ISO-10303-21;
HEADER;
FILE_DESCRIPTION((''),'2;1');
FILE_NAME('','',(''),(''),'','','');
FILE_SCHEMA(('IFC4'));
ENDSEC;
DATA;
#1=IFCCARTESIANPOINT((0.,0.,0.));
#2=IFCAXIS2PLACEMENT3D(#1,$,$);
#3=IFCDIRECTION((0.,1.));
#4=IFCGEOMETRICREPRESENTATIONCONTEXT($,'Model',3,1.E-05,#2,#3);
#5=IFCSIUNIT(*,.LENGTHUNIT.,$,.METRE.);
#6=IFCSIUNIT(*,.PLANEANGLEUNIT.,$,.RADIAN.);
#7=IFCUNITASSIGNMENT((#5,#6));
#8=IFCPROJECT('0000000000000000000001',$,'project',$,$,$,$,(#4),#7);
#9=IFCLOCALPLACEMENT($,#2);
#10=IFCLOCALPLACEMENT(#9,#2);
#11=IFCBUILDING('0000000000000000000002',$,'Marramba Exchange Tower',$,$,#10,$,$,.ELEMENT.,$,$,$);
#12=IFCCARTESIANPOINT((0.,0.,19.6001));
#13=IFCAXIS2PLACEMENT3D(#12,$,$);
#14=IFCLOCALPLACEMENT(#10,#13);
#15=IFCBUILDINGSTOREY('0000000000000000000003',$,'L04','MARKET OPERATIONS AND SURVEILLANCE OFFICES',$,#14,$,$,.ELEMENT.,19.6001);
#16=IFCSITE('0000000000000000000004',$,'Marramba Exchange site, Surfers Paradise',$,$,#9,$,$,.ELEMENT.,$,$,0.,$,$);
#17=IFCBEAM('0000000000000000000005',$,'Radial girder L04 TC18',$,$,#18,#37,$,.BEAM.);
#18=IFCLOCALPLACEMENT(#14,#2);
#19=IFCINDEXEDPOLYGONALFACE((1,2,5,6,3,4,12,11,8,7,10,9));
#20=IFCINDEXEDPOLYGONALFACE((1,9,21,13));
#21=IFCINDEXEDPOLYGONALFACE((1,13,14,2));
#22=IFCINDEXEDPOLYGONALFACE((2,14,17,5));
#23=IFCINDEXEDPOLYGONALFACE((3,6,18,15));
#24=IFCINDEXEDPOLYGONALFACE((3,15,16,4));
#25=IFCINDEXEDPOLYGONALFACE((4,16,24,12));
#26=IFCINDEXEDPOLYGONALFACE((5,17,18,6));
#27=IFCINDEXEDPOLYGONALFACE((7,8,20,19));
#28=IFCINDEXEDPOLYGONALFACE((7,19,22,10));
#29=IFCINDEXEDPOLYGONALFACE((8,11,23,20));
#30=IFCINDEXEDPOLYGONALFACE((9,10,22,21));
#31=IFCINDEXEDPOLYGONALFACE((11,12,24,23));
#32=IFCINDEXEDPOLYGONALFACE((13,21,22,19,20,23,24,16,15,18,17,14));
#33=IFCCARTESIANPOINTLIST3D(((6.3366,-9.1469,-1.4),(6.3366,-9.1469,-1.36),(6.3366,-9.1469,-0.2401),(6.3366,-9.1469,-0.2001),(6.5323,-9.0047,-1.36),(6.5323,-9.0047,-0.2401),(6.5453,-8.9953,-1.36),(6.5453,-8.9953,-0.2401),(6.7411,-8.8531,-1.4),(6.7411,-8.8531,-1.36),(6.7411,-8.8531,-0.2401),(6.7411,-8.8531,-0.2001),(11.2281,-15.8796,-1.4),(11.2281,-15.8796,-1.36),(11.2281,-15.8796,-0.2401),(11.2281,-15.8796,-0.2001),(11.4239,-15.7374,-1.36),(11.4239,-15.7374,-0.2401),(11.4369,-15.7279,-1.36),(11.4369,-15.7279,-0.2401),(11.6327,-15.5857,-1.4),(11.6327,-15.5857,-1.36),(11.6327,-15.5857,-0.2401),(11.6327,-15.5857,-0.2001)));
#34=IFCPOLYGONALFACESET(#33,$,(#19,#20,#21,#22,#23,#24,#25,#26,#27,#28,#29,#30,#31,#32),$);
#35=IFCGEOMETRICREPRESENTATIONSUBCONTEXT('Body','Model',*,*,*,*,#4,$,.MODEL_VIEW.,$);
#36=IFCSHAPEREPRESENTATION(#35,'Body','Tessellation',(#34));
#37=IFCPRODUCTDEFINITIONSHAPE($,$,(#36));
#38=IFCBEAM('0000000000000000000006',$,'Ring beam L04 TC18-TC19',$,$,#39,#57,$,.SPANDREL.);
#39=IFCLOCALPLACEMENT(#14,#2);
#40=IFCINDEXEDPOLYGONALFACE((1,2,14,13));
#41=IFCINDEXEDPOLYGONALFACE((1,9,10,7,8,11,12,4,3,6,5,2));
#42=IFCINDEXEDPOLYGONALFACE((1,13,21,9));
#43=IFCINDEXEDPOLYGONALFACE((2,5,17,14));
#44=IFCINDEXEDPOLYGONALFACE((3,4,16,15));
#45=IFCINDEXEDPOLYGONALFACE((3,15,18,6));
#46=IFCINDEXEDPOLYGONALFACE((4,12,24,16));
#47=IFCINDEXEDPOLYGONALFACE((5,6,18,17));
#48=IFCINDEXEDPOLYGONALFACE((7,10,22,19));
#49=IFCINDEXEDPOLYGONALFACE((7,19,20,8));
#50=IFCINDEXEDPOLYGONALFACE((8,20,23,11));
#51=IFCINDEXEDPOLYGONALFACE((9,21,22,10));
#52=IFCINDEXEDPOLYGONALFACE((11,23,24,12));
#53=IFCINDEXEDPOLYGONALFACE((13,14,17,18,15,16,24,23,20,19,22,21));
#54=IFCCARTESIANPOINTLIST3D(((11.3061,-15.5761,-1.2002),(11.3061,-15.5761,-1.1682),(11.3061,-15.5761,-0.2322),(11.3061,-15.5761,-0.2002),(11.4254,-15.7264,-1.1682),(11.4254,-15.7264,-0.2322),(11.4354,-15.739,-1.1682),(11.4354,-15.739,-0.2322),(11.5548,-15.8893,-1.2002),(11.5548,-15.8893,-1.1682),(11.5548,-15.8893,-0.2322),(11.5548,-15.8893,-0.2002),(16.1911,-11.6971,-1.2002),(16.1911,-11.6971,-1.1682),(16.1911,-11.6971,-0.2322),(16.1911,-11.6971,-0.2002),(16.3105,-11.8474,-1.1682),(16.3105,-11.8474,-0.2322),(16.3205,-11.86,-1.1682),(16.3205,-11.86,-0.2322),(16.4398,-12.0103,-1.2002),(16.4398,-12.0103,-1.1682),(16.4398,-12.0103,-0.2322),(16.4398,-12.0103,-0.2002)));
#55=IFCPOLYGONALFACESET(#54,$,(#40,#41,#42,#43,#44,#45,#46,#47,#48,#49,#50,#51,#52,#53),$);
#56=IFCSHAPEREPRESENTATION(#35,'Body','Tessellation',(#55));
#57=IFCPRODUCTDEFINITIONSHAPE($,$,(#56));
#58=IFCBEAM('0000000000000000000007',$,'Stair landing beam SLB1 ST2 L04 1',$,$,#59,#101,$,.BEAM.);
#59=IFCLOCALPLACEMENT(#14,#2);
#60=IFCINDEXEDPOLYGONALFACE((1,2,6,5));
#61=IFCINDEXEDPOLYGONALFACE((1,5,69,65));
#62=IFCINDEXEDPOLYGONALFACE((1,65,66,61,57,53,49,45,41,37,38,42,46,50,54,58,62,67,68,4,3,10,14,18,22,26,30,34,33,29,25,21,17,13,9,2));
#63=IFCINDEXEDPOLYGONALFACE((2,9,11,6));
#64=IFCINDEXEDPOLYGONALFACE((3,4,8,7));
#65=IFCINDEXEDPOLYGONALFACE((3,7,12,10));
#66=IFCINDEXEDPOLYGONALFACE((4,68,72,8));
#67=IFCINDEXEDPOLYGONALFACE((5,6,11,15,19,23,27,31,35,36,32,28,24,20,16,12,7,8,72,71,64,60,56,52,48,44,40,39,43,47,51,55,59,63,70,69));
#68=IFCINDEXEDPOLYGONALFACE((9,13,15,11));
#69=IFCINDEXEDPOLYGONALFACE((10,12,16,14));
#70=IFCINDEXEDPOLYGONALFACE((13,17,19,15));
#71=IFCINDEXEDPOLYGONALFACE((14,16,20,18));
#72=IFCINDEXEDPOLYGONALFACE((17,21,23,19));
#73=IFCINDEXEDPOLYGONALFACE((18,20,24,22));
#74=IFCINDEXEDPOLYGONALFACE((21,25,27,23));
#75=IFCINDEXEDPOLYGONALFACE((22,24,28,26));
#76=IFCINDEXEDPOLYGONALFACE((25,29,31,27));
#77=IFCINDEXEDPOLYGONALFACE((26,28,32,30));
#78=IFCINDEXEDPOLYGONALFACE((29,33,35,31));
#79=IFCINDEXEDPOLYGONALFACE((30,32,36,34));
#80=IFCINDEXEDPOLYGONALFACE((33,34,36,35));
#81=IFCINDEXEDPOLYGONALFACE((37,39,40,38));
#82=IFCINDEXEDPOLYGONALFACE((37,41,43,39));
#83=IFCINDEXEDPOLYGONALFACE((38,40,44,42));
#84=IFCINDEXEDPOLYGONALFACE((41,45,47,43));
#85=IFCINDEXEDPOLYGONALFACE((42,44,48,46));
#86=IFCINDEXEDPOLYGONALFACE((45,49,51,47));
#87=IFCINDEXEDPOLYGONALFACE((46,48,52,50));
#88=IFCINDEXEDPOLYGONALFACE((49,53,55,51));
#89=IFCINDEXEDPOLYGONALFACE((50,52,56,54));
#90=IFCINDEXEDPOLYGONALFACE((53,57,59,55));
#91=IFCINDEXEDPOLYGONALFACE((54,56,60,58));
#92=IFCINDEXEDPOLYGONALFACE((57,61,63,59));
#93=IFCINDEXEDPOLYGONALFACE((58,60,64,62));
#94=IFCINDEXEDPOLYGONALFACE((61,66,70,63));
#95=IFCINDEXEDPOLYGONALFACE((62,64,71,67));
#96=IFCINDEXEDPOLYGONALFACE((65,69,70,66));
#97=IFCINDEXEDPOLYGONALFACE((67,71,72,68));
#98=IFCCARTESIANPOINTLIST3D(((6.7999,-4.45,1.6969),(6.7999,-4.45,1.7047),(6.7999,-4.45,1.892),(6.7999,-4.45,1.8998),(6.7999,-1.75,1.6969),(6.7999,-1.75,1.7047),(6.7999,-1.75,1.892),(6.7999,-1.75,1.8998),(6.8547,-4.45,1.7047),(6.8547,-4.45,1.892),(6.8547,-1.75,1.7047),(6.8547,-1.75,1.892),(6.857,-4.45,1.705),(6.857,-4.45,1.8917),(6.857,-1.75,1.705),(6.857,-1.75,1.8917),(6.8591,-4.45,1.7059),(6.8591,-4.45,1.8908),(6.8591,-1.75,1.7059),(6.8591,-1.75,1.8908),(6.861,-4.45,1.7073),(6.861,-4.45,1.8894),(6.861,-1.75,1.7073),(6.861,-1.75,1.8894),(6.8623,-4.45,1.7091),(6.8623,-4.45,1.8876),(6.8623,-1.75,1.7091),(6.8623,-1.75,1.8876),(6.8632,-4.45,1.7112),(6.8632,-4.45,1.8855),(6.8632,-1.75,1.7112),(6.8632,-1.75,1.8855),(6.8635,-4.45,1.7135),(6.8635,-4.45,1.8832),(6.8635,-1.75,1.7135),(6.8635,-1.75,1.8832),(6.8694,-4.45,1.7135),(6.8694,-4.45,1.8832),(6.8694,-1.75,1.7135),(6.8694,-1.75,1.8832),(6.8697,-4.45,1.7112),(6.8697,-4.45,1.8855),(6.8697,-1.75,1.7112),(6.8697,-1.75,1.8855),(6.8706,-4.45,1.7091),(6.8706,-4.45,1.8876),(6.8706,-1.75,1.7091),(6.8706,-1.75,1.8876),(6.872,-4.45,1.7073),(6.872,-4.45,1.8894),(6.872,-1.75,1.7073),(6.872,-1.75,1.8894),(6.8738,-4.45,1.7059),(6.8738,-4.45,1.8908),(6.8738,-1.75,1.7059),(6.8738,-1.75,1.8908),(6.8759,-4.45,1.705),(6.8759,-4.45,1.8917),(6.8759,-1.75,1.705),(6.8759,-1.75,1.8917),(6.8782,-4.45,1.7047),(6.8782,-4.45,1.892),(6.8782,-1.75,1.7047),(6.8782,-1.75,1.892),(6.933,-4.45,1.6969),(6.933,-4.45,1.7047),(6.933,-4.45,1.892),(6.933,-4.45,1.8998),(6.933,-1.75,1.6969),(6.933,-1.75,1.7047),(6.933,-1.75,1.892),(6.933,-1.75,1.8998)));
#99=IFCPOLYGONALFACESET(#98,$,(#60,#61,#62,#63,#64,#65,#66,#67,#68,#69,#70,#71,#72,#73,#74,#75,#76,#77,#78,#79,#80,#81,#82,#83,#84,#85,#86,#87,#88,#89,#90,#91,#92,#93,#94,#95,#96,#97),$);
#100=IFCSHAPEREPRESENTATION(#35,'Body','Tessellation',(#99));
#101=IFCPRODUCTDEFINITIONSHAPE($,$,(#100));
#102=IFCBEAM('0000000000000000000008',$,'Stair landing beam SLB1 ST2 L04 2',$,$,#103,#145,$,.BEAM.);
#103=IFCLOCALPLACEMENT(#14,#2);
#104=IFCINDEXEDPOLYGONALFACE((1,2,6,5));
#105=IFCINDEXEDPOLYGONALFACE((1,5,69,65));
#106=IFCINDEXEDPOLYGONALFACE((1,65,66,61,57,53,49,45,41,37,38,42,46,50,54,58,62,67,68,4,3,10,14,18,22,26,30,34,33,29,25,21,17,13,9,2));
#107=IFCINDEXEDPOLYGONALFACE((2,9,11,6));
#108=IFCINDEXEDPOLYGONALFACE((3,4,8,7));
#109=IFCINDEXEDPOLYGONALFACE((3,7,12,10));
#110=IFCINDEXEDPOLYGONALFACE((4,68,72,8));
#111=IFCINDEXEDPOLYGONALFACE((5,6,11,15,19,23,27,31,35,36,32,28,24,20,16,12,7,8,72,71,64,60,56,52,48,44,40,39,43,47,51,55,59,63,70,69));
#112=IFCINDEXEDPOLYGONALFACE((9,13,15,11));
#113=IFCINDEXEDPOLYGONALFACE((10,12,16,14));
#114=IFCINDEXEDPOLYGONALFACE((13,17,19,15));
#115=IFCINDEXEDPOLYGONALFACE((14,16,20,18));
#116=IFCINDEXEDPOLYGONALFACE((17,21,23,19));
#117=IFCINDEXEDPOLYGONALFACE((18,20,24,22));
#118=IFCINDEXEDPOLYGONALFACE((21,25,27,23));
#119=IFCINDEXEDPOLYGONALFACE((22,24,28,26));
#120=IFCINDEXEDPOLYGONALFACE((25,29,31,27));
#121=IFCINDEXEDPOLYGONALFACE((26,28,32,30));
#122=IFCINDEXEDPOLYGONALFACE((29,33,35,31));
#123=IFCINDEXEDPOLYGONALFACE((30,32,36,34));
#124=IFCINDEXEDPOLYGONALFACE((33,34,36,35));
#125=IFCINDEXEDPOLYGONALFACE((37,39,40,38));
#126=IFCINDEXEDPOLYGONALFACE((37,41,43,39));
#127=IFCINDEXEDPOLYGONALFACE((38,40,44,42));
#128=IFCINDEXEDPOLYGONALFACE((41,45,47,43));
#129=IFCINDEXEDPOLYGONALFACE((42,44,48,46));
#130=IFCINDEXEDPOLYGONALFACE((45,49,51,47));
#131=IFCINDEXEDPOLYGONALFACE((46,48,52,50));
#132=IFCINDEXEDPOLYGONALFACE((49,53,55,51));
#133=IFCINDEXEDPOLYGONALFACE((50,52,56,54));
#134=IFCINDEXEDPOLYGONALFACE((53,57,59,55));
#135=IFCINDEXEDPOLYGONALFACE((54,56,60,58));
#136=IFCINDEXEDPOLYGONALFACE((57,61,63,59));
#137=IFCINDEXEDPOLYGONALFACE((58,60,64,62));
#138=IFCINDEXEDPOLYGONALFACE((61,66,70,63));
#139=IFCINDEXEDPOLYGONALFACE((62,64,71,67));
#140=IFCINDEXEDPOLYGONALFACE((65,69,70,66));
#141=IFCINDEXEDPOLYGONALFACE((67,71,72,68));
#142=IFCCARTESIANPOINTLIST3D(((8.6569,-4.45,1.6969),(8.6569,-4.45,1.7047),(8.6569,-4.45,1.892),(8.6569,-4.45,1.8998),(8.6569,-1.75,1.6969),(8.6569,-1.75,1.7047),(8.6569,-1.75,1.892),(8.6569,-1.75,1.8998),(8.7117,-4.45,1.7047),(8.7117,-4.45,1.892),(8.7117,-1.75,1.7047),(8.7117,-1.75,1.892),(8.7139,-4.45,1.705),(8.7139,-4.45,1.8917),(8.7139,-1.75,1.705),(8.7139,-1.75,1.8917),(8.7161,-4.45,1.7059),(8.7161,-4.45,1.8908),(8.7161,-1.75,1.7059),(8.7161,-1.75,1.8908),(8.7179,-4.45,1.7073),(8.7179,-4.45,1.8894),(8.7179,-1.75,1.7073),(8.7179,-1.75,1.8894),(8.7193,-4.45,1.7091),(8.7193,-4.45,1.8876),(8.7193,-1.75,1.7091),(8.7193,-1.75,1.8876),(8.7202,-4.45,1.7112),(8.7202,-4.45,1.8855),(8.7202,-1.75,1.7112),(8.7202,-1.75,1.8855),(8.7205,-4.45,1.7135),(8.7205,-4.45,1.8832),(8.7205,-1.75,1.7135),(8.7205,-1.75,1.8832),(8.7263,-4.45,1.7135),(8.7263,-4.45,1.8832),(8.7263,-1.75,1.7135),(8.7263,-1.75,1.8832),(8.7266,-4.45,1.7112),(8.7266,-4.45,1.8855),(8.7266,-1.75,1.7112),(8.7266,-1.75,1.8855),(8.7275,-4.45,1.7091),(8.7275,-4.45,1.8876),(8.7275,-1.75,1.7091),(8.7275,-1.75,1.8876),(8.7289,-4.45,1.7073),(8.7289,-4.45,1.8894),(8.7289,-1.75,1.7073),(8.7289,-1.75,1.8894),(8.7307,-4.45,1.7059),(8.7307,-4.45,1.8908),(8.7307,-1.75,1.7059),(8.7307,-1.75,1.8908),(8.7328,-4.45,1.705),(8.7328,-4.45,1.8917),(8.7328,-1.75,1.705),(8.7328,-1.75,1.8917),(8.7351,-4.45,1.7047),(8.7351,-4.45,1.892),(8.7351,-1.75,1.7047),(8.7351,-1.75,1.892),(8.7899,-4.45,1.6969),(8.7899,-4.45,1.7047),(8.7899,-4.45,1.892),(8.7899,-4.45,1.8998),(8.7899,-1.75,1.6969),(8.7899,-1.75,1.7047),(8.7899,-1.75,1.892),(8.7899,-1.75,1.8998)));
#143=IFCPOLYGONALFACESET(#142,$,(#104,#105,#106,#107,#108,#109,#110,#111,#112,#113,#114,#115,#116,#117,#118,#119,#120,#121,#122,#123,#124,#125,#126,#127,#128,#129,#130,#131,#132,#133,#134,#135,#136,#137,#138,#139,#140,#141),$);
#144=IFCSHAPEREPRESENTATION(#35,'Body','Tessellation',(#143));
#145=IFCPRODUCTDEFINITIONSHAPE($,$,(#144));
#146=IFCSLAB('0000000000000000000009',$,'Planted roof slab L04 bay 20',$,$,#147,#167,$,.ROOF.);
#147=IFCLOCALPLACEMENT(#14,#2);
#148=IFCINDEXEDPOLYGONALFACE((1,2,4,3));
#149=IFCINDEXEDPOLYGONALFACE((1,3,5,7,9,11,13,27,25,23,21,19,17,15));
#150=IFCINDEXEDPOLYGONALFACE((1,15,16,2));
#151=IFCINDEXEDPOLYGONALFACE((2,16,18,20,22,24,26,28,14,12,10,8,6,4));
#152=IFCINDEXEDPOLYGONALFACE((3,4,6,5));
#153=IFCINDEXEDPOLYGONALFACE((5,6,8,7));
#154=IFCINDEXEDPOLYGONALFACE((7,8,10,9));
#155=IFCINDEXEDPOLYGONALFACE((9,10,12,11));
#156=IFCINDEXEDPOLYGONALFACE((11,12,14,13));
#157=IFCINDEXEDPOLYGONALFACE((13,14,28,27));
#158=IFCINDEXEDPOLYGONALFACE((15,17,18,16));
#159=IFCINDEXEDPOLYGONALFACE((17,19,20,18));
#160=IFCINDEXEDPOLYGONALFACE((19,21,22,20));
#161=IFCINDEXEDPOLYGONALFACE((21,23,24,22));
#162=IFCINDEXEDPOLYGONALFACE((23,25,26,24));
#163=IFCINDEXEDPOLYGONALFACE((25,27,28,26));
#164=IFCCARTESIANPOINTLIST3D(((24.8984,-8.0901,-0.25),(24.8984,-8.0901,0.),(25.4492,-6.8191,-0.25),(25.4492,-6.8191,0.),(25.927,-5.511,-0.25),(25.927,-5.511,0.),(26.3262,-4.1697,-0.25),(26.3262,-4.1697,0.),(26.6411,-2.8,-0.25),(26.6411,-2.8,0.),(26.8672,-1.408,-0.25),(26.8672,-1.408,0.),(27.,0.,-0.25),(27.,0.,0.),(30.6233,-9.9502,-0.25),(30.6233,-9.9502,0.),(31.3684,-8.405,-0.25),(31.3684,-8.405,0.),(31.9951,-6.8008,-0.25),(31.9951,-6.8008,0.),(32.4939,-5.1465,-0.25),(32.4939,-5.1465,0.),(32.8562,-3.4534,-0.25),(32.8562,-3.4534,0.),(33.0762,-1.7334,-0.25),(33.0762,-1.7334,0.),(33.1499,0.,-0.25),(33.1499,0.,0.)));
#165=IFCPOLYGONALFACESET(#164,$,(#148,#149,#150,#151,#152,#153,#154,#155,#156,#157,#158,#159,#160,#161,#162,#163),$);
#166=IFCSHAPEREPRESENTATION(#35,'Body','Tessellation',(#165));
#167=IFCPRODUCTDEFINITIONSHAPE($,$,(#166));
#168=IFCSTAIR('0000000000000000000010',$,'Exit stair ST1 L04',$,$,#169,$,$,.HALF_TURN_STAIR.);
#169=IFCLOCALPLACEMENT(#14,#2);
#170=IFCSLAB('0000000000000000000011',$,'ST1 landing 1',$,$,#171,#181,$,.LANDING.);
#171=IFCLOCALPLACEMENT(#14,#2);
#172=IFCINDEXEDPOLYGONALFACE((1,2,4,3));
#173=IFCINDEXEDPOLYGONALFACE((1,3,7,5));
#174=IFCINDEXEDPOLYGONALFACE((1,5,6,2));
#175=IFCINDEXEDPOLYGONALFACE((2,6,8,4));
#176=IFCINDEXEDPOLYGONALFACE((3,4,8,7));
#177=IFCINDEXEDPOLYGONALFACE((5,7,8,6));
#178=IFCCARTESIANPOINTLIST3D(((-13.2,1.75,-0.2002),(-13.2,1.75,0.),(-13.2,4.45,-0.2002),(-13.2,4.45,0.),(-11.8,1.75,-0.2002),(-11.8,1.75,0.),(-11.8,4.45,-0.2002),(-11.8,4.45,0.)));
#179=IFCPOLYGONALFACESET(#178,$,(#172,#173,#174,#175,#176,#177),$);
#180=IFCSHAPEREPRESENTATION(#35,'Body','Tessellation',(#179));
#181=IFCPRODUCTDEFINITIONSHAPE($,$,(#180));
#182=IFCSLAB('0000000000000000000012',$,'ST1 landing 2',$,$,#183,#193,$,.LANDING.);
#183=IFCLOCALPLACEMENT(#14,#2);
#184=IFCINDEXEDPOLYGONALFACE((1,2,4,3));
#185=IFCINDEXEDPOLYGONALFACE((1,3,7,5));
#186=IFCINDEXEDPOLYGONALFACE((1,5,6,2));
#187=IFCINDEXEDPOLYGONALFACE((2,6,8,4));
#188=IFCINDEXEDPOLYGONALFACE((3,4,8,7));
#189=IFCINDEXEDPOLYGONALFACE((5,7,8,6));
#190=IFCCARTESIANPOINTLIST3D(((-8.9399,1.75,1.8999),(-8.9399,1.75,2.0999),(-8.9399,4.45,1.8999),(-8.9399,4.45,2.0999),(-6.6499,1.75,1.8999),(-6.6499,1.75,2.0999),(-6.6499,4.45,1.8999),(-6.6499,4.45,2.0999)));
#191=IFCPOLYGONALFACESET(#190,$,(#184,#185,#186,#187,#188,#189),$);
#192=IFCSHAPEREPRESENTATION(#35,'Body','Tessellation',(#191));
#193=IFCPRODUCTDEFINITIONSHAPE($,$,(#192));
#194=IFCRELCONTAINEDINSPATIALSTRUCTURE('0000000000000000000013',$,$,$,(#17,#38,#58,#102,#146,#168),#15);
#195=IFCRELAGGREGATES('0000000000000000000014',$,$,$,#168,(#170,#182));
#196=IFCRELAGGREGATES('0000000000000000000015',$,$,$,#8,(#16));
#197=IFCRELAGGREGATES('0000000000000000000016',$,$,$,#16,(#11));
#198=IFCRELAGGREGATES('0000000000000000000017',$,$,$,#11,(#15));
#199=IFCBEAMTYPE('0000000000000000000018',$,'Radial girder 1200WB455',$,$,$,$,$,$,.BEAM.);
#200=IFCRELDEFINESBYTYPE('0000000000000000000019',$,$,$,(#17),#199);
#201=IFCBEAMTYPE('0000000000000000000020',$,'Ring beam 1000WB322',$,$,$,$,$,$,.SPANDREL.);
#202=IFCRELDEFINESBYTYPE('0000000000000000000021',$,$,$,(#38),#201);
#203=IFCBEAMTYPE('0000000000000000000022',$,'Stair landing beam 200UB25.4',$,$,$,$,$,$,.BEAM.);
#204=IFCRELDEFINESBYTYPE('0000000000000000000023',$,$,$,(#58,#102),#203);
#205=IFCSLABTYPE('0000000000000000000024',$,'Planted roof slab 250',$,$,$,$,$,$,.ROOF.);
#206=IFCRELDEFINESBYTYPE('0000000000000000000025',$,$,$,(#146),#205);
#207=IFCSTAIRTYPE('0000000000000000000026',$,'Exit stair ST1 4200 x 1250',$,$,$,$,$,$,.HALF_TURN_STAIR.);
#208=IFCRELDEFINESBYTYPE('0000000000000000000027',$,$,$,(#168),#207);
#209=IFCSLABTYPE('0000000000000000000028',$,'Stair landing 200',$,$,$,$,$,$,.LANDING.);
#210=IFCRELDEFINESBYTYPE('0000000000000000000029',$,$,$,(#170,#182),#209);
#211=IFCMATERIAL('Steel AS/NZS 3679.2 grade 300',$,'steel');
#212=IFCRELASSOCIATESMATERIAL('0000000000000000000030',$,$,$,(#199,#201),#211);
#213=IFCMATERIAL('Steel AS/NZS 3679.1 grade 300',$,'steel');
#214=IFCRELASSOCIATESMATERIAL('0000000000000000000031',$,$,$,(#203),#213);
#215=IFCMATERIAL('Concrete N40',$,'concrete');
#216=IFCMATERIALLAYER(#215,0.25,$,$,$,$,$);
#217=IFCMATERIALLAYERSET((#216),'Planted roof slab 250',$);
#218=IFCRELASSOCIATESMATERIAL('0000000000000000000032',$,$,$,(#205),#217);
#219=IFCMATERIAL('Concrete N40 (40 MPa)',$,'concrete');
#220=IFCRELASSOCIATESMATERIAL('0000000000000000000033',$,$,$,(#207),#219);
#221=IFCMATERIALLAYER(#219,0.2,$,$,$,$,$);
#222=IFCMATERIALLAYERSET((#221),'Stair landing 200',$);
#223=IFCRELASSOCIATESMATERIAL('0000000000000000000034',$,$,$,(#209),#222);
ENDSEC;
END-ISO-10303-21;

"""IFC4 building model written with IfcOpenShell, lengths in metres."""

from ifc_helpers import new_model, si_unit, direction, frame, origin, origin_2d, place, context, subcontext, project, spatial, polyline, i_section, outline, extrude, material, layer, layer_set, material_profile, profile_set, type_object, element, aggregate, save


model = new_model("IFC4")

# Units and contexts
model_context = context("Model", 3, precision=1e-05, world=origin(), true_north=direction((0.0, 1.0)))
body_context = subcontext(model_context, "Body", "Model", "MODEL_VIEW")
ifc_project = project(units=[si_unit("LENGTHUNIT", "METRE"), si_unit("PLANEANGLEUNIT", "RADIAN")], contexts=[model_context])

# Site, building, storey
site_placement = place(None, origin())
site = spatial("IfcSite", under=ifc_project, at=site_placement, Name="Marramba Exchange site, Surfers Paradise", CompositionType="ELEMENT", RefElevation=0.0)
building_placement = place(site_placement, origin())
building = spatial("IfcBuilding", under=site, at=building_placement, Name="Marramba Exchange Tower", CompositionType="ELEMENT")
storey_placement = place(building_placement, frame((0.0, 0.0, 19.6001)))
storey = spatial("IfcBuildingStorey", under=building, at=storey_placement, Name="L04", Description="MARKET OPERATIONS AND SURVEILLANCE OFFICES", CompositionType="ELEMENT", Elevation=19.6001)

# Beams
ifc_material_1 = material(Name="Steel AS/NZS 3679.1 grade 300", Category="steel")
ifc_material_2 = material(Name="Steel AS/NZS 3679.2 grade 300", Category="steel")
ifc_material_profile_1 = material_profile(ifc_material_2, i_section(OverallWidth=0.5, OverallDepth=1.2, WebThickness=0.0161, FlangeThickness=0.04, at=origin_2d()), Name="1200WB455")
ifc_profile_set_1 = profile_set([ifc_material_profile_1], Name="Steel AS/NZS 3679.2 grade 300")
beam_type_1 = type_object("IfcBeamType", Name="Radial girder 1200WB455", PredefinedType="BEAM", material=ifc_profile_set_1)
beam_1_placement = place(storey_placement, frame((6.5388, -9.0, -0.8), z_axis=(0.587788, -0.809015, 0.0), x_axis=(0.809015, 0.587788, 0.0)))
element("IfcBeam", 1, at=beam_1_placement, inside=storey, type_object=beam_type_1, Name="Radial girder L04 TC18", PredefinedType="BEAM", context=body_context, shape_type="SweptSolid", body=[
    extrude(i_section(OverallWidth=0.5, OverallDepth=1.2, WebThickness=0.0161, FlangeThickness=0.04, at=origin_2d()), origin(), (0.0, 0.0, 1.0), 8.322),
])
ifc_material_profile_2 = material_profile(ifc_material_2, i_section(OverallWidth=0.3999, OverallDepth=1.0, WebThickness=0.0161, FlangeThickness=0.032, at=origin_2d()), Name="1000WB322")
ifc_profile_set_2 = profile_set([ifc_material_profile_2], Name="Steel AS/NZS 3679.2 grade 300")
beam_type_2 = type_object("IfcBeamType", Name="Ring beam 1000WB322", PredefinedType="SPANDREL", material=ifc_profile_set_2)
beam_2_placement = place(storey_placement, frame((11.4304, -15.7327, -0.7002), z_axis=(0.783139, 0.621846, 0.0), x_axis=(-0.621846, 0.783139, 0.0)))
element("IfcBeam", 2, at=beam_2_placement, inside=storey, type_object=beam_type_2, Name="Ring beam L04 TC18-TC19", PredefinedType="SPANDREL", context=body_context, shape_type="SweptSolid", body=[
    extrude(i_section(OverallWidth=0.3999, OverallDepth=1.0, WebThickness=0.0161, FlangeThickness=0.032, at=origin_2d()), origin(), (0.0, 0.0, 1.0), 6.2378),
])
ifc_material_profile_3 = material_profile(ifc_material_1, i_section(OverallWidth=0.1331, OverallDepth=0.2029, WebThickness=0.0059, FlangeThickness=0.0078, FilletRadius=0.0088, at=origin_2d()), Name="200UB25.4")
ifc_profile_set_3 = profile_set([ifc_material_profile_3], Name="Steel AS/NZS 3679.1 grade 300")
beam_type_3 = type_object("IfcBeamType", Name="Stair landing beam 200UB25.4", PredefinedType="BEAM", material=ifc_profile_set_3)
for number, where, z_axis, x_axis, name in (
    (3, (6.8665, -4.45, 1.7983), (0.0, 1.0, 0.0), (-1.0, 0.0, 0.0), "Stair landing beam SLB1 ST2 L04 1"),
    (4, (8.7234, -4.45, 1.7983), (0.0, 1.0, 0.0), (-1.0, 0.0, 0.0), "Stair landing beam SLB1 ST2 L04 2"),
):
    element("IfcBeam", number, at=place(storey_placement, frame(where, z_axis=z_axis, x_axis=x_axis)), inside=storey, type_object=beam_type_3, Name=name, PredefinedType="BEAM", context=body_context, shape_type="SweptSolid", body=[
        extrude(i_section(OverallWidth=0.1331, OverallDepth=0.2029, WebThickness=0.0059, FlangeThickness=0.0078, FilletRadius=0.0088, at=origin_2d()), origin(), (0.0, 0.0, 1.0), 2.7),
    ])

# Slab
ifc_material_3 = material(Name="Concrete N40", Category="concrete")
ifc_layer_1 = layer(ifc_material_3, 0.25)
ifc_layer_set_1 = layer_set([ifc_layer_1], Name="Planted roof slab 250")
slab_type_1 = type_object("IfcSlabType", Name="Planted roof slab 250", PredefinedType="ROOF", material=ifc_layer_set_1)
slab_1_placement = place(storey_placement, frame((0.0, 0.0, -0.25)))
element("IfcSlab", 5, at=slab_1_placement, inside=storey, type_object=slab_type_1, Name="Planted roof slab L04 bay 20", PredefinedType="ROOF", context=body_context, shape_type="SweptSolid", body=[
    extrude(outline(polyline([(33.0762, -1.7334), (32.8562, -3.4534), (32.4939, -5.1465), (31.9951, -6.8008), (31.3684, -8.405), (30.6233, -9.9502), (24.8984, -8.0901), (25.4492, -6.8191), (25.927, -5.511), (26.3262, -4.1697), (26.6411, -2.8), (26.8672, -1.408), (27.0, 0.0), (33.1499, 0.0), (33.0762, -1.7334)])), origin(), (0.0, 0.0, 1.0), 0.25),
])

# Stair, slabs
ifc_material_4 = material(Name="Concrete N40 (40 MPa)", Category="concrete")
stair_type_1 = type_object("IfcStairType", Name="Exit stair ST1 4200 x 1250", PredefinedType="HALF_TURN_STAIR", material=ifc_material_4)
stair_1_placement = place(storey_placement, origin())
stair_1 = element("IfcStair", 6, at=stair_1_placement, inside=storey, type_object=stair_type_1, Name="Exit stair ST1 L04", PredefinedType="HALF_TURN_STAIR")
ifc_layer_2 = layer(ifc_material_4, 0.2)
ifc_layer_set_2 = layer_set([ifc_layer_2], Name="Stair landing 200")
slab_type_2 = type_object("IfcSlabType", Name="Stair landing 200", PredefinedType="LANDING", material=ifc_layer_set_2)
slab_2_placement = place(storey_placement, frame((0.0, 0.0, -0.2002)))
slab_2 = element("IfcSlab", 7, at=slab_2_placement, type_object=slab_type_2, Name="ST1 landing 1", PredefinedType="LANDING", context=body_context, shape_type="SweptSolid", body=[
    extrude(outline(polyline([(-13.2, 1.75), (-11.8, 1.75), (-11.8, 4.45), (-13.2, 4.45), (-13.2, 1.75)])), origin(), (0.0, 0.0, 1.0), 0.2002),
])
slab_3_placement = place(storey_placement, frame((0.0, 0.0, 1.8999)))
slab_3 = element("IfcSlab", 8, at=slab_3_placement, type_object=slab_type_2, Name="ST1 landing 2", PredefinedType="LANDING", context=body_context, shape_type="SweptSolid", body=[
    extrude(outline(polyline([(-8.9399, 1.75), (-6.6499, 1.75), (-6.6499, 4.45), (-8.9399, 4.45), (-8.9399, 1.75)])), origin(), (0.0, 0.0, 1.0), 0.2),
])
aggregate(stair_1, [slab_2, slab_3])

save(model, "model.ifc")
